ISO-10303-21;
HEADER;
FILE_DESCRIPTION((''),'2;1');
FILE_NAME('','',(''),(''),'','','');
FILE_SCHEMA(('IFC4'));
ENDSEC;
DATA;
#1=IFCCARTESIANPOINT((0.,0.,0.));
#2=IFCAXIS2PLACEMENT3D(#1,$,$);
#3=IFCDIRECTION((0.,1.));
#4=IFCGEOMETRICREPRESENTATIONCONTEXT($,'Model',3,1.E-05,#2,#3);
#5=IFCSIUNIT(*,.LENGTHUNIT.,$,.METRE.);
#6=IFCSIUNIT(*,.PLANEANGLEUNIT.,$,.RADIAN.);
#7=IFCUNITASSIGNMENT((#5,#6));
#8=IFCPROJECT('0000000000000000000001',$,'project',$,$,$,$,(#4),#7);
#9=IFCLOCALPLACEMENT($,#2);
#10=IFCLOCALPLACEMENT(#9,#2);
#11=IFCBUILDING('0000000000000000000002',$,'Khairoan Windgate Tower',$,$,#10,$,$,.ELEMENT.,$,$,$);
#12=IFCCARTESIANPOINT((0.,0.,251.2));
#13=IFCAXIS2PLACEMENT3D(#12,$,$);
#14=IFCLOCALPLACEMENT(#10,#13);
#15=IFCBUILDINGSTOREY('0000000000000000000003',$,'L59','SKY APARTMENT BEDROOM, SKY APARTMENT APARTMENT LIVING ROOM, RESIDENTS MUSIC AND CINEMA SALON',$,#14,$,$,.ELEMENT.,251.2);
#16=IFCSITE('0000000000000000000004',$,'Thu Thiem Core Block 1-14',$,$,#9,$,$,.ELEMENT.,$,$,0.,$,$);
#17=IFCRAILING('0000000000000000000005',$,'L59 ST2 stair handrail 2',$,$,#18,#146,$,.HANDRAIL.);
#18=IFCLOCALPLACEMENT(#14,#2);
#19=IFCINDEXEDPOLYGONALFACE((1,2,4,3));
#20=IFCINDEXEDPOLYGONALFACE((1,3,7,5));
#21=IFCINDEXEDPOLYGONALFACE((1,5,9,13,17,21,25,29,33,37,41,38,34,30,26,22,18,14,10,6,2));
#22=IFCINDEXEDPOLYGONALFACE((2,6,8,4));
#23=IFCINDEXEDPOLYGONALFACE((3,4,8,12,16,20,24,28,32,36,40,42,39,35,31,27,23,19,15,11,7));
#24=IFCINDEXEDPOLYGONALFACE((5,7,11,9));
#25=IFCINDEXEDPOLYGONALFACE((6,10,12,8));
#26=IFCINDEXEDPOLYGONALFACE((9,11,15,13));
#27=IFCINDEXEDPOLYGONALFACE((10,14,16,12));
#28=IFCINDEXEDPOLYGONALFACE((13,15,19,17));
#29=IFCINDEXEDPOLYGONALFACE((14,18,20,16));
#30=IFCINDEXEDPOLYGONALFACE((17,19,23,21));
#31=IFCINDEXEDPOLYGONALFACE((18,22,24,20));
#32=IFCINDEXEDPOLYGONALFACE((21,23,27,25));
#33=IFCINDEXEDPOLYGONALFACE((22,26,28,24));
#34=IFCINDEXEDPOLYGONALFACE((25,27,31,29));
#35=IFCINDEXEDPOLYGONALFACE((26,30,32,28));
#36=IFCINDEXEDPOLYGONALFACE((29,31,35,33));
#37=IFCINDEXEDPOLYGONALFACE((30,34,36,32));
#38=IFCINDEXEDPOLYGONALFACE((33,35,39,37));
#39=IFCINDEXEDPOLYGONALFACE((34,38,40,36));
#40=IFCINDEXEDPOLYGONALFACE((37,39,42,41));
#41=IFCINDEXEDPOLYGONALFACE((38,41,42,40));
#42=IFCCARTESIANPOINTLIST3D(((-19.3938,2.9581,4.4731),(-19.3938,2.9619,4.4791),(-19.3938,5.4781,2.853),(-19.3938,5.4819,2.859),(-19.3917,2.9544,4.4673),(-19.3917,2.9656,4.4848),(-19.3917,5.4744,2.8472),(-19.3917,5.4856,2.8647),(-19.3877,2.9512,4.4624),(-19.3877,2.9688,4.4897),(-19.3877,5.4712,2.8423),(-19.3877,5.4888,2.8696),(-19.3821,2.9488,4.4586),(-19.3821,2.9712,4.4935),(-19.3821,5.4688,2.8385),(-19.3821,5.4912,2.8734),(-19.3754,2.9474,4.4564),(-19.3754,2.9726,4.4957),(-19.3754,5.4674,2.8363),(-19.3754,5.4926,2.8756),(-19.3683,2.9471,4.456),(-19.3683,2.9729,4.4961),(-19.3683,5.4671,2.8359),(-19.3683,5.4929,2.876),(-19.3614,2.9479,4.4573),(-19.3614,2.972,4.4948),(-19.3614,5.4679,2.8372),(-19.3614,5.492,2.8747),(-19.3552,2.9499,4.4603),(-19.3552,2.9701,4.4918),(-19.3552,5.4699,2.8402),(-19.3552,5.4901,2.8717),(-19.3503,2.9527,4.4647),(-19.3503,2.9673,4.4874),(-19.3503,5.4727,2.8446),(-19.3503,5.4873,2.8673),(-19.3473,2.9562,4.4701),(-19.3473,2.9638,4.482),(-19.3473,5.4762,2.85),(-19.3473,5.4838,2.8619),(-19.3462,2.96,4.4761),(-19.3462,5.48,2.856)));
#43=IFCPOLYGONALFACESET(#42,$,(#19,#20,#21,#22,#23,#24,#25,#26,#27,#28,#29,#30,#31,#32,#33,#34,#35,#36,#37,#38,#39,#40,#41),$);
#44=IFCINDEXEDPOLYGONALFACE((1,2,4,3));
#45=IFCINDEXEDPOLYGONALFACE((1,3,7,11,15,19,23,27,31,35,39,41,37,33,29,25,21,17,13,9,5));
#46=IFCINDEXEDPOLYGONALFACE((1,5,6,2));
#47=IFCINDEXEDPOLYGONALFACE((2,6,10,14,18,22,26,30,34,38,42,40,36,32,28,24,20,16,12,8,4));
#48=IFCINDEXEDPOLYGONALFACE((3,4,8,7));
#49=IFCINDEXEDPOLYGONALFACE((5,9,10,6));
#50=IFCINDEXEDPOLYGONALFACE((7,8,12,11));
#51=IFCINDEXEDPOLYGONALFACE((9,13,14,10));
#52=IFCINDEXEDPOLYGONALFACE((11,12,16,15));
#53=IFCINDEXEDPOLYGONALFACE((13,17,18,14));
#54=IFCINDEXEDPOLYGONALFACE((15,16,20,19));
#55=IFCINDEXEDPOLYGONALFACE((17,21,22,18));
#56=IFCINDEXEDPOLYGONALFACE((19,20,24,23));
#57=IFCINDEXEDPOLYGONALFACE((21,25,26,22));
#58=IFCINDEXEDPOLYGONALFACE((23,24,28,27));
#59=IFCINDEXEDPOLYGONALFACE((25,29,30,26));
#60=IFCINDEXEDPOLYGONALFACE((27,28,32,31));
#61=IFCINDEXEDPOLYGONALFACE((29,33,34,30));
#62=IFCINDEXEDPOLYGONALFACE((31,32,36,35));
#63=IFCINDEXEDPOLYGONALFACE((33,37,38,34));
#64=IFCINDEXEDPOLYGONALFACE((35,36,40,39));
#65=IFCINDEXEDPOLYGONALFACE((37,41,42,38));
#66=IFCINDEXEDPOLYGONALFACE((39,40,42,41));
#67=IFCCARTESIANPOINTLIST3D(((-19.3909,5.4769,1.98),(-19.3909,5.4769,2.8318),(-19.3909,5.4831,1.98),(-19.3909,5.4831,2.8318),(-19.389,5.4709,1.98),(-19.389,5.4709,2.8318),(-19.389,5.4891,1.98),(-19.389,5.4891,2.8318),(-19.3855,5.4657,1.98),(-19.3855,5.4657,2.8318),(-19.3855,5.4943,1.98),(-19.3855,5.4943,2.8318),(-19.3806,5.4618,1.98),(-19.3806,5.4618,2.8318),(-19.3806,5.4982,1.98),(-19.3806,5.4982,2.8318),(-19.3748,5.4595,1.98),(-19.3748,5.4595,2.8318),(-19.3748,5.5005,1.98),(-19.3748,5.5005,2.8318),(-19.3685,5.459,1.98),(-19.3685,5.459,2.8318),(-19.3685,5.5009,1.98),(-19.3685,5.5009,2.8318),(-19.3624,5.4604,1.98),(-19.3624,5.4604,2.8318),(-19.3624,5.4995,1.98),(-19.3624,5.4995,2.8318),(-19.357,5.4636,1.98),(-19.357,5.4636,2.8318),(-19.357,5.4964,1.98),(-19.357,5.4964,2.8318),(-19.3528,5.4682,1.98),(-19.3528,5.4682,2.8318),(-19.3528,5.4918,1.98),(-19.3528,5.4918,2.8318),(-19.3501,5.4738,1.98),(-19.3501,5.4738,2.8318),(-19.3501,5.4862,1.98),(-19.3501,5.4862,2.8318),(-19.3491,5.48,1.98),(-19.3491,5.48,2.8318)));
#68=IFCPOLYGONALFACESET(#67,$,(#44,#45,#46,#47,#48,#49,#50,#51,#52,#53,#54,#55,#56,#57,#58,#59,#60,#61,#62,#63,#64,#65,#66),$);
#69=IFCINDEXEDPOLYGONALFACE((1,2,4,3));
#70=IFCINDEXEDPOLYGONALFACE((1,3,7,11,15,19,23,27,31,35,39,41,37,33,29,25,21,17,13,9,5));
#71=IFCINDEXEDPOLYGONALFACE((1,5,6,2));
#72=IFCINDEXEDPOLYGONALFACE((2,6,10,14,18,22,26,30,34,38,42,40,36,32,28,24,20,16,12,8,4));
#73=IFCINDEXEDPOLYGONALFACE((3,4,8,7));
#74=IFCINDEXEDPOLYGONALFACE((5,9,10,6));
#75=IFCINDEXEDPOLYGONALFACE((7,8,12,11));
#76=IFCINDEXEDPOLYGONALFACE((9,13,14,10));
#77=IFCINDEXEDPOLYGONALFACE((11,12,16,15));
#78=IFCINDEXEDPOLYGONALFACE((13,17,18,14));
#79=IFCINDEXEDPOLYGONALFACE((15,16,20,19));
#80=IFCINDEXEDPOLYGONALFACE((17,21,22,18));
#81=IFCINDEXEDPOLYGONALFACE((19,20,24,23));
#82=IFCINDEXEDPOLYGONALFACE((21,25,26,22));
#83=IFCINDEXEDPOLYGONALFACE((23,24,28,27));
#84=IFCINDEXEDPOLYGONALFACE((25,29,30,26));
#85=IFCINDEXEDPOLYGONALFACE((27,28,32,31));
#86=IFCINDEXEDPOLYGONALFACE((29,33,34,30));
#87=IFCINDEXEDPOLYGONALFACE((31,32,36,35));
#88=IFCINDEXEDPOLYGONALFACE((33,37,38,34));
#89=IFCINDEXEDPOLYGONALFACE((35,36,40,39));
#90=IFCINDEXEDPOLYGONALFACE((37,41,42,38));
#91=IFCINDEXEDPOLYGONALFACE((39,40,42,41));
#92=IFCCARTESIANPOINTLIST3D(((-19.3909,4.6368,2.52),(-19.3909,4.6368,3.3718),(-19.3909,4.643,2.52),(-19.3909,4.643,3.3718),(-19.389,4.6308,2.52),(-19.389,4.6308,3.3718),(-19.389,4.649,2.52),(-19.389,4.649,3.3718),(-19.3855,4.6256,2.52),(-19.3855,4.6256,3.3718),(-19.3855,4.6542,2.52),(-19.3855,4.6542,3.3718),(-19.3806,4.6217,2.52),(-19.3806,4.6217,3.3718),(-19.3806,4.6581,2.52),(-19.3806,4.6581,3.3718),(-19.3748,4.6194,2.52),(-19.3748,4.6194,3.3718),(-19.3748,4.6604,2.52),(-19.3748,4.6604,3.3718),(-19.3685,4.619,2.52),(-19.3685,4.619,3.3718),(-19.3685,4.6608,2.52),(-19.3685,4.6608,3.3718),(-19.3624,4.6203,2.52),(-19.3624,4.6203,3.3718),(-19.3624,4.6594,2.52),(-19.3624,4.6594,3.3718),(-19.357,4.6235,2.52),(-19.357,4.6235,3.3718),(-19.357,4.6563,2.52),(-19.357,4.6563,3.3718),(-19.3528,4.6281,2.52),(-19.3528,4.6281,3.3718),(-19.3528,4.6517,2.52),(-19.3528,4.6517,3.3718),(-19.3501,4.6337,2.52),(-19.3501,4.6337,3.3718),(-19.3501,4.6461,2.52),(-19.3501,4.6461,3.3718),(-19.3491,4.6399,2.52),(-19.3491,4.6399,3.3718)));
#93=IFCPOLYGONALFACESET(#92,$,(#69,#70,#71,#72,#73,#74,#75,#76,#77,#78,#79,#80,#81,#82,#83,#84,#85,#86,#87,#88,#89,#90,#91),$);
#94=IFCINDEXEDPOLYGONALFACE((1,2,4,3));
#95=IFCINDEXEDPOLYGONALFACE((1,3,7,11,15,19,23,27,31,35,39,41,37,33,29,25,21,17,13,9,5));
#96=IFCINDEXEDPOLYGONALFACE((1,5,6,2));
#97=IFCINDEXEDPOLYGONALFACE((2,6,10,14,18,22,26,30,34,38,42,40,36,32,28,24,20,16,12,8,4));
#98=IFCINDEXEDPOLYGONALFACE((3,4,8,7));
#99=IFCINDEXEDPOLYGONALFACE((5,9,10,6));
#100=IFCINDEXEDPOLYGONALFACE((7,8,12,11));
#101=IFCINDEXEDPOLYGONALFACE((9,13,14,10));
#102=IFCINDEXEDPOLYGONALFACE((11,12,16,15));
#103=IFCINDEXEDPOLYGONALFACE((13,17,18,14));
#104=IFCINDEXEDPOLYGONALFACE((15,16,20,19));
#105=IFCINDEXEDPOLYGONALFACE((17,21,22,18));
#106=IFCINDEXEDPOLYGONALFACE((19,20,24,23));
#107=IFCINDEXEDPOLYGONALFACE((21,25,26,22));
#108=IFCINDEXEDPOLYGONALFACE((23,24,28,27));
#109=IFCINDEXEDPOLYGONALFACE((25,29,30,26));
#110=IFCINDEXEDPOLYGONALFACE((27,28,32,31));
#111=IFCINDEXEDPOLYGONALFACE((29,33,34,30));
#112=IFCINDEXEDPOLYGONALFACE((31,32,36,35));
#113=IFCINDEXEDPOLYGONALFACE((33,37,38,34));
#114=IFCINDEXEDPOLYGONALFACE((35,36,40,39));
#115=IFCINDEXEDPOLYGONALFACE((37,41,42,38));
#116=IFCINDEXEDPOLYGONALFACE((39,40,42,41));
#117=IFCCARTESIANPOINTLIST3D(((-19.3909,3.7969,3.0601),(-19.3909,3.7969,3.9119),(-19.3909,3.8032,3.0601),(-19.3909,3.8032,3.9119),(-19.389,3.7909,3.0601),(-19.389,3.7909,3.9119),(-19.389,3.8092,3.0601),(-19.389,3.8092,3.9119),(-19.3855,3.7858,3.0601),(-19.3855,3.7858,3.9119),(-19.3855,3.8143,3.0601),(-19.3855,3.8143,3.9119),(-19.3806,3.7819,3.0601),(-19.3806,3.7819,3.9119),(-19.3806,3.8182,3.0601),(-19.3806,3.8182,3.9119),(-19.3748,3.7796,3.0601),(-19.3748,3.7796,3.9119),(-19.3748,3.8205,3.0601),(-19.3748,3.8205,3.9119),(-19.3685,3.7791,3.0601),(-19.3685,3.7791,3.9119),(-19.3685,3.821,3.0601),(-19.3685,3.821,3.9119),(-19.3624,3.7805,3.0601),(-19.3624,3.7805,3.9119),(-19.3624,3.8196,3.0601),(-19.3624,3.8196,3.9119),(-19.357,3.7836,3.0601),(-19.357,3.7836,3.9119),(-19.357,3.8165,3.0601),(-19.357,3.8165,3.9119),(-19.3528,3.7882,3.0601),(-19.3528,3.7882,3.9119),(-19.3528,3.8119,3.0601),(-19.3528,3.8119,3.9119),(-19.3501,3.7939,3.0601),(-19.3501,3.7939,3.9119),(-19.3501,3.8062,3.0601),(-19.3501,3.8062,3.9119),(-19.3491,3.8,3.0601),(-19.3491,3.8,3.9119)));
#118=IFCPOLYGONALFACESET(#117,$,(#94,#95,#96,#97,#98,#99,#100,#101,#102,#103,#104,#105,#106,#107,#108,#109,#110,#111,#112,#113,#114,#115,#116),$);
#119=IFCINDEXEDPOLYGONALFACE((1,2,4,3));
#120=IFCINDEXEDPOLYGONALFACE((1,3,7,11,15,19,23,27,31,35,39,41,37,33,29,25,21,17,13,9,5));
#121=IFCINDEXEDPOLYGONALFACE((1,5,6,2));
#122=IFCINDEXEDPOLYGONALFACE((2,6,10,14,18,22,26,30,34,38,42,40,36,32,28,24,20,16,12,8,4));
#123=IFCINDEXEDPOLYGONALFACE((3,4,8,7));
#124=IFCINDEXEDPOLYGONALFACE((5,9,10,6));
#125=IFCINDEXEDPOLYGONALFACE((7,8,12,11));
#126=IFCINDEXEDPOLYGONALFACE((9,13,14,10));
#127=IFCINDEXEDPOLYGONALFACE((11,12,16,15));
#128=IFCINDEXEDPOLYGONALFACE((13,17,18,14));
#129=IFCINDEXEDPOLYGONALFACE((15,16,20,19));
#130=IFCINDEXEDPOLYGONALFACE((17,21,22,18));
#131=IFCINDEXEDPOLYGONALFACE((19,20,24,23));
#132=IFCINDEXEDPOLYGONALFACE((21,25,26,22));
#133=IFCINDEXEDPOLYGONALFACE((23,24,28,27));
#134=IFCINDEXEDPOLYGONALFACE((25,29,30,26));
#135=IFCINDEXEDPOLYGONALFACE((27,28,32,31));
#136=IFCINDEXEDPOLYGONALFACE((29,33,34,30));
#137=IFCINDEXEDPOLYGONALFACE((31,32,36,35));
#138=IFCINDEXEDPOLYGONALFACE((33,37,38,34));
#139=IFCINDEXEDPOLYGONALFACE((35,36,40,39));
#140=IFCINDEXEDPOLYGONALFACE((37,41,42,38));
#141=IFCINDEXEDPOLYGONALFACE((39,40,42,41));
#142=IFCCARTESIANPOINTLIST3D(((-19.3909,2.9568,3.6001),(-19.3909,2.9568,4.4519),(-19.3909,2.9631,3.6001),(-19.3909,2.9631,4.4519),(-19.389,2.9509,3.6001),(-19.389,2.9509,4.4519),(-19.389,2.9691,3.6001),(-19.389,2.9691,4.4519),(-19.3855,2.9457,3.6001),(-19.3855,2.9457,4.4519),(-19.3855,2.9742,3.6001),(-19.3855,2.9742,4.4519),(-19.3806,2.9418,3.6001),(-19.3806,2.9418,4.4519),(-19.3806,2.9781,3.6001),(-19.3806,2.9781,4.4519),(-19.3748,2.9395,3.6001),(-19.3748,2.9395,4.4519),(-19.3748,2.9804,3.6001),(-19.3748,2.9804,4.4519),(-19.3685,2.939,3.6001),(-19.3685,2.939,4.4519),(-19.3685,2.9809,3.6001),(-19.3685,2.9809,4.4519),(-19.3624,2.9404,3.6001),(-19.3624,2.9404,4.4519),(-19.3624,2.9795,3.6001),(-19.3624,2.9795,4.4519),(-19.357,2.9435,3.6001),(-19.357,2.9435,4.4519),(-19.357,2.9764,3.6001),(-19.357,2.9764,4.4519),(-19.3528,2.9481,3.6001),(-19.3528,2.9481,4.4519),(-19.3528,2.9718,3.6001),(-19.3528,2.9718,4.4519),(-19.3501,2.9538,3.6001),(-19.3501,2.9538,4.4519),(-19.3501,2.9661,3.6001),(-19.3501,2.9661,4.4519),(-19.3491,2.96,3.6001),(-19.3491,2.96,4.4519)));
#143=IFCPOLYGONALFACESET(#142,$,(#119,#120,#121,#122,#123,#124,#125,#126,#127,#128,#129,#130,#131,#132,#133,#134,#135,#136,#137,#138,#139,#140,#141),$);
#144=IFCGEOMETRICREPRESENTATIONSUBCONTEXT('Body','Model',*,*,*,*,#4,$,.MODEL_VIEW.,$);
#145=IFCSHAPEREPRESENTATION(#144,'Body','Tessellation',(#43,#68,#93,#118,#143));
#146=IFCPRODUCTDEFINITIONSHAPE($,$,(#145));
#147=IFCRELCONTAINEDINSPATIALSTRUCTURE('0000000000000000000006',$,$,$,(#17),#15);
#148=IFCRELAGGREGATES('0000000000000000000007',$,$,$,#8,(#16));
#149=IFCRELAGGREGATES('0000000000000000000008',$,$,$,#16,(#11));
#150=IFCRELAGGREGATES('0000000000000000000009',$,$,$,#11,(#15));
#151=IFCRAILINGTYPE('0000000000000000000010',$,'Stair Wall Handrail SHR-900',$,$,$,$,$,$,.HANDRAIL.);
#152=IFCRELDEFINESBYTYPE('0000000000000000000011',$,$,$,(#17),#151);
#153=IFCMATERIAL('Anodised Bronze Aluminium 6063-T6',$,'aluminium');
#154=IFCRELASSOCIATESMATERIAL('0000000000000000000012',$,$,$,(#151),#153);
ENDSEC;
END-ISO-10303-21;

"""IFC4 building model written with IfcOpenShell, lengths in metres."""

from ifc_helpers import new_model, si_unit, direction, frame, origin, origin_2d, place, context, subcontext, project, spatial, circle, extrude, material, type_object, element, save


model = new_model("IFC4")

# Units and contexts
model_context = context("Model", 3, precision=1e-05, world=origin(), true_north=direction((0.0, 1.0)))
body_context = subcontext(model_context, "Body", "Model", "MODEL_VIEW")
ifc_project = project(units=[si_unit("LENGTHUNIT", "METRE"), si_unit("PLANEANGLEUNIT", "RADIAN")], contexts=[model_context])

# Site, building, storey
site_placement = place(None, origin())
site = spatial("IfcSite", under=ifc_project, at=site_placement, Name="Thu Thiem Core Block 1-14", CompositionType="ELEMENT", RefElevation=0.0)
building_placement = place(site_placement, origin())
building = spatial("IfcBuilding", under=site, at=building_placement, Name="Khairoan Windgate Tower", CompositionType="ELEMENT")
storey_placement = place(building_placement, frame((0.0, 0.0, 251.2)))
storey = spatial("IfcBuildingStorey", under=building, at=storey_placement, Name="L59", Description="SKY APARTMENT BEDROOM, SKY APARTMENT APARTMENT LIVING ROOM, RESIDENTS MUSIC AND CINEMA SALON", CompositionType="ELEMENT", Elevation=251.2)

# Railing
ifc_material_1 = material(Name="Anodised Bronze Aluminium 6063-T6", Category="aluminium")
railing_type_1 = type_object("IfcRailingType", Name="Stair Wall Handrail SHR-900", PredefinedType="HANDRAIL", material=ifc_material_1)
railing_1_placement = place(storey_placement, frame((-19.3701, 5.48, 1.98)))
element("IfcRailing", 1, at=railing_1_placement, inside=storey, type_object=railing_type_1, Name="L59 ST2 stair handrail 2", PredefinedType="HANDRAIL", context=body_context, shape_type="SweptSolid", body=[
    extrude(circle(Radius=0.0239, at=origin_2d()), frame((0.0, 0.0, 0.876), z_axis=(0.0, -0.841163, 0.540782), x_axis=(1.0, 0.0, 0.0)), (0.0, 0.0, 1.0), 2.9958),
    extrude(circle(Radius=0.021, at=origin_2d()), origin(), (0.0, 0.0, 1.0), 0.8518),
    extrude(circle(Radius=0.021, at=origin_2d()), frame((0.0, -0.8401, 0.54)), (0.0, 0.0, 1.0), 0.8518),
    extrude(circle(Radius=0.021, at=origin_2d()), frame((0.0, -1.6799, 1.0801)), (0.0, 0.0, 1.0), 0.8518),
    extrude(circle(Radius=0.021, at=origin_2d()), frame((0.0, -2.52, 1.6201)), (0.0, 0.0, 1.0), 0.8518),
])

save(model, "model.ifc")
